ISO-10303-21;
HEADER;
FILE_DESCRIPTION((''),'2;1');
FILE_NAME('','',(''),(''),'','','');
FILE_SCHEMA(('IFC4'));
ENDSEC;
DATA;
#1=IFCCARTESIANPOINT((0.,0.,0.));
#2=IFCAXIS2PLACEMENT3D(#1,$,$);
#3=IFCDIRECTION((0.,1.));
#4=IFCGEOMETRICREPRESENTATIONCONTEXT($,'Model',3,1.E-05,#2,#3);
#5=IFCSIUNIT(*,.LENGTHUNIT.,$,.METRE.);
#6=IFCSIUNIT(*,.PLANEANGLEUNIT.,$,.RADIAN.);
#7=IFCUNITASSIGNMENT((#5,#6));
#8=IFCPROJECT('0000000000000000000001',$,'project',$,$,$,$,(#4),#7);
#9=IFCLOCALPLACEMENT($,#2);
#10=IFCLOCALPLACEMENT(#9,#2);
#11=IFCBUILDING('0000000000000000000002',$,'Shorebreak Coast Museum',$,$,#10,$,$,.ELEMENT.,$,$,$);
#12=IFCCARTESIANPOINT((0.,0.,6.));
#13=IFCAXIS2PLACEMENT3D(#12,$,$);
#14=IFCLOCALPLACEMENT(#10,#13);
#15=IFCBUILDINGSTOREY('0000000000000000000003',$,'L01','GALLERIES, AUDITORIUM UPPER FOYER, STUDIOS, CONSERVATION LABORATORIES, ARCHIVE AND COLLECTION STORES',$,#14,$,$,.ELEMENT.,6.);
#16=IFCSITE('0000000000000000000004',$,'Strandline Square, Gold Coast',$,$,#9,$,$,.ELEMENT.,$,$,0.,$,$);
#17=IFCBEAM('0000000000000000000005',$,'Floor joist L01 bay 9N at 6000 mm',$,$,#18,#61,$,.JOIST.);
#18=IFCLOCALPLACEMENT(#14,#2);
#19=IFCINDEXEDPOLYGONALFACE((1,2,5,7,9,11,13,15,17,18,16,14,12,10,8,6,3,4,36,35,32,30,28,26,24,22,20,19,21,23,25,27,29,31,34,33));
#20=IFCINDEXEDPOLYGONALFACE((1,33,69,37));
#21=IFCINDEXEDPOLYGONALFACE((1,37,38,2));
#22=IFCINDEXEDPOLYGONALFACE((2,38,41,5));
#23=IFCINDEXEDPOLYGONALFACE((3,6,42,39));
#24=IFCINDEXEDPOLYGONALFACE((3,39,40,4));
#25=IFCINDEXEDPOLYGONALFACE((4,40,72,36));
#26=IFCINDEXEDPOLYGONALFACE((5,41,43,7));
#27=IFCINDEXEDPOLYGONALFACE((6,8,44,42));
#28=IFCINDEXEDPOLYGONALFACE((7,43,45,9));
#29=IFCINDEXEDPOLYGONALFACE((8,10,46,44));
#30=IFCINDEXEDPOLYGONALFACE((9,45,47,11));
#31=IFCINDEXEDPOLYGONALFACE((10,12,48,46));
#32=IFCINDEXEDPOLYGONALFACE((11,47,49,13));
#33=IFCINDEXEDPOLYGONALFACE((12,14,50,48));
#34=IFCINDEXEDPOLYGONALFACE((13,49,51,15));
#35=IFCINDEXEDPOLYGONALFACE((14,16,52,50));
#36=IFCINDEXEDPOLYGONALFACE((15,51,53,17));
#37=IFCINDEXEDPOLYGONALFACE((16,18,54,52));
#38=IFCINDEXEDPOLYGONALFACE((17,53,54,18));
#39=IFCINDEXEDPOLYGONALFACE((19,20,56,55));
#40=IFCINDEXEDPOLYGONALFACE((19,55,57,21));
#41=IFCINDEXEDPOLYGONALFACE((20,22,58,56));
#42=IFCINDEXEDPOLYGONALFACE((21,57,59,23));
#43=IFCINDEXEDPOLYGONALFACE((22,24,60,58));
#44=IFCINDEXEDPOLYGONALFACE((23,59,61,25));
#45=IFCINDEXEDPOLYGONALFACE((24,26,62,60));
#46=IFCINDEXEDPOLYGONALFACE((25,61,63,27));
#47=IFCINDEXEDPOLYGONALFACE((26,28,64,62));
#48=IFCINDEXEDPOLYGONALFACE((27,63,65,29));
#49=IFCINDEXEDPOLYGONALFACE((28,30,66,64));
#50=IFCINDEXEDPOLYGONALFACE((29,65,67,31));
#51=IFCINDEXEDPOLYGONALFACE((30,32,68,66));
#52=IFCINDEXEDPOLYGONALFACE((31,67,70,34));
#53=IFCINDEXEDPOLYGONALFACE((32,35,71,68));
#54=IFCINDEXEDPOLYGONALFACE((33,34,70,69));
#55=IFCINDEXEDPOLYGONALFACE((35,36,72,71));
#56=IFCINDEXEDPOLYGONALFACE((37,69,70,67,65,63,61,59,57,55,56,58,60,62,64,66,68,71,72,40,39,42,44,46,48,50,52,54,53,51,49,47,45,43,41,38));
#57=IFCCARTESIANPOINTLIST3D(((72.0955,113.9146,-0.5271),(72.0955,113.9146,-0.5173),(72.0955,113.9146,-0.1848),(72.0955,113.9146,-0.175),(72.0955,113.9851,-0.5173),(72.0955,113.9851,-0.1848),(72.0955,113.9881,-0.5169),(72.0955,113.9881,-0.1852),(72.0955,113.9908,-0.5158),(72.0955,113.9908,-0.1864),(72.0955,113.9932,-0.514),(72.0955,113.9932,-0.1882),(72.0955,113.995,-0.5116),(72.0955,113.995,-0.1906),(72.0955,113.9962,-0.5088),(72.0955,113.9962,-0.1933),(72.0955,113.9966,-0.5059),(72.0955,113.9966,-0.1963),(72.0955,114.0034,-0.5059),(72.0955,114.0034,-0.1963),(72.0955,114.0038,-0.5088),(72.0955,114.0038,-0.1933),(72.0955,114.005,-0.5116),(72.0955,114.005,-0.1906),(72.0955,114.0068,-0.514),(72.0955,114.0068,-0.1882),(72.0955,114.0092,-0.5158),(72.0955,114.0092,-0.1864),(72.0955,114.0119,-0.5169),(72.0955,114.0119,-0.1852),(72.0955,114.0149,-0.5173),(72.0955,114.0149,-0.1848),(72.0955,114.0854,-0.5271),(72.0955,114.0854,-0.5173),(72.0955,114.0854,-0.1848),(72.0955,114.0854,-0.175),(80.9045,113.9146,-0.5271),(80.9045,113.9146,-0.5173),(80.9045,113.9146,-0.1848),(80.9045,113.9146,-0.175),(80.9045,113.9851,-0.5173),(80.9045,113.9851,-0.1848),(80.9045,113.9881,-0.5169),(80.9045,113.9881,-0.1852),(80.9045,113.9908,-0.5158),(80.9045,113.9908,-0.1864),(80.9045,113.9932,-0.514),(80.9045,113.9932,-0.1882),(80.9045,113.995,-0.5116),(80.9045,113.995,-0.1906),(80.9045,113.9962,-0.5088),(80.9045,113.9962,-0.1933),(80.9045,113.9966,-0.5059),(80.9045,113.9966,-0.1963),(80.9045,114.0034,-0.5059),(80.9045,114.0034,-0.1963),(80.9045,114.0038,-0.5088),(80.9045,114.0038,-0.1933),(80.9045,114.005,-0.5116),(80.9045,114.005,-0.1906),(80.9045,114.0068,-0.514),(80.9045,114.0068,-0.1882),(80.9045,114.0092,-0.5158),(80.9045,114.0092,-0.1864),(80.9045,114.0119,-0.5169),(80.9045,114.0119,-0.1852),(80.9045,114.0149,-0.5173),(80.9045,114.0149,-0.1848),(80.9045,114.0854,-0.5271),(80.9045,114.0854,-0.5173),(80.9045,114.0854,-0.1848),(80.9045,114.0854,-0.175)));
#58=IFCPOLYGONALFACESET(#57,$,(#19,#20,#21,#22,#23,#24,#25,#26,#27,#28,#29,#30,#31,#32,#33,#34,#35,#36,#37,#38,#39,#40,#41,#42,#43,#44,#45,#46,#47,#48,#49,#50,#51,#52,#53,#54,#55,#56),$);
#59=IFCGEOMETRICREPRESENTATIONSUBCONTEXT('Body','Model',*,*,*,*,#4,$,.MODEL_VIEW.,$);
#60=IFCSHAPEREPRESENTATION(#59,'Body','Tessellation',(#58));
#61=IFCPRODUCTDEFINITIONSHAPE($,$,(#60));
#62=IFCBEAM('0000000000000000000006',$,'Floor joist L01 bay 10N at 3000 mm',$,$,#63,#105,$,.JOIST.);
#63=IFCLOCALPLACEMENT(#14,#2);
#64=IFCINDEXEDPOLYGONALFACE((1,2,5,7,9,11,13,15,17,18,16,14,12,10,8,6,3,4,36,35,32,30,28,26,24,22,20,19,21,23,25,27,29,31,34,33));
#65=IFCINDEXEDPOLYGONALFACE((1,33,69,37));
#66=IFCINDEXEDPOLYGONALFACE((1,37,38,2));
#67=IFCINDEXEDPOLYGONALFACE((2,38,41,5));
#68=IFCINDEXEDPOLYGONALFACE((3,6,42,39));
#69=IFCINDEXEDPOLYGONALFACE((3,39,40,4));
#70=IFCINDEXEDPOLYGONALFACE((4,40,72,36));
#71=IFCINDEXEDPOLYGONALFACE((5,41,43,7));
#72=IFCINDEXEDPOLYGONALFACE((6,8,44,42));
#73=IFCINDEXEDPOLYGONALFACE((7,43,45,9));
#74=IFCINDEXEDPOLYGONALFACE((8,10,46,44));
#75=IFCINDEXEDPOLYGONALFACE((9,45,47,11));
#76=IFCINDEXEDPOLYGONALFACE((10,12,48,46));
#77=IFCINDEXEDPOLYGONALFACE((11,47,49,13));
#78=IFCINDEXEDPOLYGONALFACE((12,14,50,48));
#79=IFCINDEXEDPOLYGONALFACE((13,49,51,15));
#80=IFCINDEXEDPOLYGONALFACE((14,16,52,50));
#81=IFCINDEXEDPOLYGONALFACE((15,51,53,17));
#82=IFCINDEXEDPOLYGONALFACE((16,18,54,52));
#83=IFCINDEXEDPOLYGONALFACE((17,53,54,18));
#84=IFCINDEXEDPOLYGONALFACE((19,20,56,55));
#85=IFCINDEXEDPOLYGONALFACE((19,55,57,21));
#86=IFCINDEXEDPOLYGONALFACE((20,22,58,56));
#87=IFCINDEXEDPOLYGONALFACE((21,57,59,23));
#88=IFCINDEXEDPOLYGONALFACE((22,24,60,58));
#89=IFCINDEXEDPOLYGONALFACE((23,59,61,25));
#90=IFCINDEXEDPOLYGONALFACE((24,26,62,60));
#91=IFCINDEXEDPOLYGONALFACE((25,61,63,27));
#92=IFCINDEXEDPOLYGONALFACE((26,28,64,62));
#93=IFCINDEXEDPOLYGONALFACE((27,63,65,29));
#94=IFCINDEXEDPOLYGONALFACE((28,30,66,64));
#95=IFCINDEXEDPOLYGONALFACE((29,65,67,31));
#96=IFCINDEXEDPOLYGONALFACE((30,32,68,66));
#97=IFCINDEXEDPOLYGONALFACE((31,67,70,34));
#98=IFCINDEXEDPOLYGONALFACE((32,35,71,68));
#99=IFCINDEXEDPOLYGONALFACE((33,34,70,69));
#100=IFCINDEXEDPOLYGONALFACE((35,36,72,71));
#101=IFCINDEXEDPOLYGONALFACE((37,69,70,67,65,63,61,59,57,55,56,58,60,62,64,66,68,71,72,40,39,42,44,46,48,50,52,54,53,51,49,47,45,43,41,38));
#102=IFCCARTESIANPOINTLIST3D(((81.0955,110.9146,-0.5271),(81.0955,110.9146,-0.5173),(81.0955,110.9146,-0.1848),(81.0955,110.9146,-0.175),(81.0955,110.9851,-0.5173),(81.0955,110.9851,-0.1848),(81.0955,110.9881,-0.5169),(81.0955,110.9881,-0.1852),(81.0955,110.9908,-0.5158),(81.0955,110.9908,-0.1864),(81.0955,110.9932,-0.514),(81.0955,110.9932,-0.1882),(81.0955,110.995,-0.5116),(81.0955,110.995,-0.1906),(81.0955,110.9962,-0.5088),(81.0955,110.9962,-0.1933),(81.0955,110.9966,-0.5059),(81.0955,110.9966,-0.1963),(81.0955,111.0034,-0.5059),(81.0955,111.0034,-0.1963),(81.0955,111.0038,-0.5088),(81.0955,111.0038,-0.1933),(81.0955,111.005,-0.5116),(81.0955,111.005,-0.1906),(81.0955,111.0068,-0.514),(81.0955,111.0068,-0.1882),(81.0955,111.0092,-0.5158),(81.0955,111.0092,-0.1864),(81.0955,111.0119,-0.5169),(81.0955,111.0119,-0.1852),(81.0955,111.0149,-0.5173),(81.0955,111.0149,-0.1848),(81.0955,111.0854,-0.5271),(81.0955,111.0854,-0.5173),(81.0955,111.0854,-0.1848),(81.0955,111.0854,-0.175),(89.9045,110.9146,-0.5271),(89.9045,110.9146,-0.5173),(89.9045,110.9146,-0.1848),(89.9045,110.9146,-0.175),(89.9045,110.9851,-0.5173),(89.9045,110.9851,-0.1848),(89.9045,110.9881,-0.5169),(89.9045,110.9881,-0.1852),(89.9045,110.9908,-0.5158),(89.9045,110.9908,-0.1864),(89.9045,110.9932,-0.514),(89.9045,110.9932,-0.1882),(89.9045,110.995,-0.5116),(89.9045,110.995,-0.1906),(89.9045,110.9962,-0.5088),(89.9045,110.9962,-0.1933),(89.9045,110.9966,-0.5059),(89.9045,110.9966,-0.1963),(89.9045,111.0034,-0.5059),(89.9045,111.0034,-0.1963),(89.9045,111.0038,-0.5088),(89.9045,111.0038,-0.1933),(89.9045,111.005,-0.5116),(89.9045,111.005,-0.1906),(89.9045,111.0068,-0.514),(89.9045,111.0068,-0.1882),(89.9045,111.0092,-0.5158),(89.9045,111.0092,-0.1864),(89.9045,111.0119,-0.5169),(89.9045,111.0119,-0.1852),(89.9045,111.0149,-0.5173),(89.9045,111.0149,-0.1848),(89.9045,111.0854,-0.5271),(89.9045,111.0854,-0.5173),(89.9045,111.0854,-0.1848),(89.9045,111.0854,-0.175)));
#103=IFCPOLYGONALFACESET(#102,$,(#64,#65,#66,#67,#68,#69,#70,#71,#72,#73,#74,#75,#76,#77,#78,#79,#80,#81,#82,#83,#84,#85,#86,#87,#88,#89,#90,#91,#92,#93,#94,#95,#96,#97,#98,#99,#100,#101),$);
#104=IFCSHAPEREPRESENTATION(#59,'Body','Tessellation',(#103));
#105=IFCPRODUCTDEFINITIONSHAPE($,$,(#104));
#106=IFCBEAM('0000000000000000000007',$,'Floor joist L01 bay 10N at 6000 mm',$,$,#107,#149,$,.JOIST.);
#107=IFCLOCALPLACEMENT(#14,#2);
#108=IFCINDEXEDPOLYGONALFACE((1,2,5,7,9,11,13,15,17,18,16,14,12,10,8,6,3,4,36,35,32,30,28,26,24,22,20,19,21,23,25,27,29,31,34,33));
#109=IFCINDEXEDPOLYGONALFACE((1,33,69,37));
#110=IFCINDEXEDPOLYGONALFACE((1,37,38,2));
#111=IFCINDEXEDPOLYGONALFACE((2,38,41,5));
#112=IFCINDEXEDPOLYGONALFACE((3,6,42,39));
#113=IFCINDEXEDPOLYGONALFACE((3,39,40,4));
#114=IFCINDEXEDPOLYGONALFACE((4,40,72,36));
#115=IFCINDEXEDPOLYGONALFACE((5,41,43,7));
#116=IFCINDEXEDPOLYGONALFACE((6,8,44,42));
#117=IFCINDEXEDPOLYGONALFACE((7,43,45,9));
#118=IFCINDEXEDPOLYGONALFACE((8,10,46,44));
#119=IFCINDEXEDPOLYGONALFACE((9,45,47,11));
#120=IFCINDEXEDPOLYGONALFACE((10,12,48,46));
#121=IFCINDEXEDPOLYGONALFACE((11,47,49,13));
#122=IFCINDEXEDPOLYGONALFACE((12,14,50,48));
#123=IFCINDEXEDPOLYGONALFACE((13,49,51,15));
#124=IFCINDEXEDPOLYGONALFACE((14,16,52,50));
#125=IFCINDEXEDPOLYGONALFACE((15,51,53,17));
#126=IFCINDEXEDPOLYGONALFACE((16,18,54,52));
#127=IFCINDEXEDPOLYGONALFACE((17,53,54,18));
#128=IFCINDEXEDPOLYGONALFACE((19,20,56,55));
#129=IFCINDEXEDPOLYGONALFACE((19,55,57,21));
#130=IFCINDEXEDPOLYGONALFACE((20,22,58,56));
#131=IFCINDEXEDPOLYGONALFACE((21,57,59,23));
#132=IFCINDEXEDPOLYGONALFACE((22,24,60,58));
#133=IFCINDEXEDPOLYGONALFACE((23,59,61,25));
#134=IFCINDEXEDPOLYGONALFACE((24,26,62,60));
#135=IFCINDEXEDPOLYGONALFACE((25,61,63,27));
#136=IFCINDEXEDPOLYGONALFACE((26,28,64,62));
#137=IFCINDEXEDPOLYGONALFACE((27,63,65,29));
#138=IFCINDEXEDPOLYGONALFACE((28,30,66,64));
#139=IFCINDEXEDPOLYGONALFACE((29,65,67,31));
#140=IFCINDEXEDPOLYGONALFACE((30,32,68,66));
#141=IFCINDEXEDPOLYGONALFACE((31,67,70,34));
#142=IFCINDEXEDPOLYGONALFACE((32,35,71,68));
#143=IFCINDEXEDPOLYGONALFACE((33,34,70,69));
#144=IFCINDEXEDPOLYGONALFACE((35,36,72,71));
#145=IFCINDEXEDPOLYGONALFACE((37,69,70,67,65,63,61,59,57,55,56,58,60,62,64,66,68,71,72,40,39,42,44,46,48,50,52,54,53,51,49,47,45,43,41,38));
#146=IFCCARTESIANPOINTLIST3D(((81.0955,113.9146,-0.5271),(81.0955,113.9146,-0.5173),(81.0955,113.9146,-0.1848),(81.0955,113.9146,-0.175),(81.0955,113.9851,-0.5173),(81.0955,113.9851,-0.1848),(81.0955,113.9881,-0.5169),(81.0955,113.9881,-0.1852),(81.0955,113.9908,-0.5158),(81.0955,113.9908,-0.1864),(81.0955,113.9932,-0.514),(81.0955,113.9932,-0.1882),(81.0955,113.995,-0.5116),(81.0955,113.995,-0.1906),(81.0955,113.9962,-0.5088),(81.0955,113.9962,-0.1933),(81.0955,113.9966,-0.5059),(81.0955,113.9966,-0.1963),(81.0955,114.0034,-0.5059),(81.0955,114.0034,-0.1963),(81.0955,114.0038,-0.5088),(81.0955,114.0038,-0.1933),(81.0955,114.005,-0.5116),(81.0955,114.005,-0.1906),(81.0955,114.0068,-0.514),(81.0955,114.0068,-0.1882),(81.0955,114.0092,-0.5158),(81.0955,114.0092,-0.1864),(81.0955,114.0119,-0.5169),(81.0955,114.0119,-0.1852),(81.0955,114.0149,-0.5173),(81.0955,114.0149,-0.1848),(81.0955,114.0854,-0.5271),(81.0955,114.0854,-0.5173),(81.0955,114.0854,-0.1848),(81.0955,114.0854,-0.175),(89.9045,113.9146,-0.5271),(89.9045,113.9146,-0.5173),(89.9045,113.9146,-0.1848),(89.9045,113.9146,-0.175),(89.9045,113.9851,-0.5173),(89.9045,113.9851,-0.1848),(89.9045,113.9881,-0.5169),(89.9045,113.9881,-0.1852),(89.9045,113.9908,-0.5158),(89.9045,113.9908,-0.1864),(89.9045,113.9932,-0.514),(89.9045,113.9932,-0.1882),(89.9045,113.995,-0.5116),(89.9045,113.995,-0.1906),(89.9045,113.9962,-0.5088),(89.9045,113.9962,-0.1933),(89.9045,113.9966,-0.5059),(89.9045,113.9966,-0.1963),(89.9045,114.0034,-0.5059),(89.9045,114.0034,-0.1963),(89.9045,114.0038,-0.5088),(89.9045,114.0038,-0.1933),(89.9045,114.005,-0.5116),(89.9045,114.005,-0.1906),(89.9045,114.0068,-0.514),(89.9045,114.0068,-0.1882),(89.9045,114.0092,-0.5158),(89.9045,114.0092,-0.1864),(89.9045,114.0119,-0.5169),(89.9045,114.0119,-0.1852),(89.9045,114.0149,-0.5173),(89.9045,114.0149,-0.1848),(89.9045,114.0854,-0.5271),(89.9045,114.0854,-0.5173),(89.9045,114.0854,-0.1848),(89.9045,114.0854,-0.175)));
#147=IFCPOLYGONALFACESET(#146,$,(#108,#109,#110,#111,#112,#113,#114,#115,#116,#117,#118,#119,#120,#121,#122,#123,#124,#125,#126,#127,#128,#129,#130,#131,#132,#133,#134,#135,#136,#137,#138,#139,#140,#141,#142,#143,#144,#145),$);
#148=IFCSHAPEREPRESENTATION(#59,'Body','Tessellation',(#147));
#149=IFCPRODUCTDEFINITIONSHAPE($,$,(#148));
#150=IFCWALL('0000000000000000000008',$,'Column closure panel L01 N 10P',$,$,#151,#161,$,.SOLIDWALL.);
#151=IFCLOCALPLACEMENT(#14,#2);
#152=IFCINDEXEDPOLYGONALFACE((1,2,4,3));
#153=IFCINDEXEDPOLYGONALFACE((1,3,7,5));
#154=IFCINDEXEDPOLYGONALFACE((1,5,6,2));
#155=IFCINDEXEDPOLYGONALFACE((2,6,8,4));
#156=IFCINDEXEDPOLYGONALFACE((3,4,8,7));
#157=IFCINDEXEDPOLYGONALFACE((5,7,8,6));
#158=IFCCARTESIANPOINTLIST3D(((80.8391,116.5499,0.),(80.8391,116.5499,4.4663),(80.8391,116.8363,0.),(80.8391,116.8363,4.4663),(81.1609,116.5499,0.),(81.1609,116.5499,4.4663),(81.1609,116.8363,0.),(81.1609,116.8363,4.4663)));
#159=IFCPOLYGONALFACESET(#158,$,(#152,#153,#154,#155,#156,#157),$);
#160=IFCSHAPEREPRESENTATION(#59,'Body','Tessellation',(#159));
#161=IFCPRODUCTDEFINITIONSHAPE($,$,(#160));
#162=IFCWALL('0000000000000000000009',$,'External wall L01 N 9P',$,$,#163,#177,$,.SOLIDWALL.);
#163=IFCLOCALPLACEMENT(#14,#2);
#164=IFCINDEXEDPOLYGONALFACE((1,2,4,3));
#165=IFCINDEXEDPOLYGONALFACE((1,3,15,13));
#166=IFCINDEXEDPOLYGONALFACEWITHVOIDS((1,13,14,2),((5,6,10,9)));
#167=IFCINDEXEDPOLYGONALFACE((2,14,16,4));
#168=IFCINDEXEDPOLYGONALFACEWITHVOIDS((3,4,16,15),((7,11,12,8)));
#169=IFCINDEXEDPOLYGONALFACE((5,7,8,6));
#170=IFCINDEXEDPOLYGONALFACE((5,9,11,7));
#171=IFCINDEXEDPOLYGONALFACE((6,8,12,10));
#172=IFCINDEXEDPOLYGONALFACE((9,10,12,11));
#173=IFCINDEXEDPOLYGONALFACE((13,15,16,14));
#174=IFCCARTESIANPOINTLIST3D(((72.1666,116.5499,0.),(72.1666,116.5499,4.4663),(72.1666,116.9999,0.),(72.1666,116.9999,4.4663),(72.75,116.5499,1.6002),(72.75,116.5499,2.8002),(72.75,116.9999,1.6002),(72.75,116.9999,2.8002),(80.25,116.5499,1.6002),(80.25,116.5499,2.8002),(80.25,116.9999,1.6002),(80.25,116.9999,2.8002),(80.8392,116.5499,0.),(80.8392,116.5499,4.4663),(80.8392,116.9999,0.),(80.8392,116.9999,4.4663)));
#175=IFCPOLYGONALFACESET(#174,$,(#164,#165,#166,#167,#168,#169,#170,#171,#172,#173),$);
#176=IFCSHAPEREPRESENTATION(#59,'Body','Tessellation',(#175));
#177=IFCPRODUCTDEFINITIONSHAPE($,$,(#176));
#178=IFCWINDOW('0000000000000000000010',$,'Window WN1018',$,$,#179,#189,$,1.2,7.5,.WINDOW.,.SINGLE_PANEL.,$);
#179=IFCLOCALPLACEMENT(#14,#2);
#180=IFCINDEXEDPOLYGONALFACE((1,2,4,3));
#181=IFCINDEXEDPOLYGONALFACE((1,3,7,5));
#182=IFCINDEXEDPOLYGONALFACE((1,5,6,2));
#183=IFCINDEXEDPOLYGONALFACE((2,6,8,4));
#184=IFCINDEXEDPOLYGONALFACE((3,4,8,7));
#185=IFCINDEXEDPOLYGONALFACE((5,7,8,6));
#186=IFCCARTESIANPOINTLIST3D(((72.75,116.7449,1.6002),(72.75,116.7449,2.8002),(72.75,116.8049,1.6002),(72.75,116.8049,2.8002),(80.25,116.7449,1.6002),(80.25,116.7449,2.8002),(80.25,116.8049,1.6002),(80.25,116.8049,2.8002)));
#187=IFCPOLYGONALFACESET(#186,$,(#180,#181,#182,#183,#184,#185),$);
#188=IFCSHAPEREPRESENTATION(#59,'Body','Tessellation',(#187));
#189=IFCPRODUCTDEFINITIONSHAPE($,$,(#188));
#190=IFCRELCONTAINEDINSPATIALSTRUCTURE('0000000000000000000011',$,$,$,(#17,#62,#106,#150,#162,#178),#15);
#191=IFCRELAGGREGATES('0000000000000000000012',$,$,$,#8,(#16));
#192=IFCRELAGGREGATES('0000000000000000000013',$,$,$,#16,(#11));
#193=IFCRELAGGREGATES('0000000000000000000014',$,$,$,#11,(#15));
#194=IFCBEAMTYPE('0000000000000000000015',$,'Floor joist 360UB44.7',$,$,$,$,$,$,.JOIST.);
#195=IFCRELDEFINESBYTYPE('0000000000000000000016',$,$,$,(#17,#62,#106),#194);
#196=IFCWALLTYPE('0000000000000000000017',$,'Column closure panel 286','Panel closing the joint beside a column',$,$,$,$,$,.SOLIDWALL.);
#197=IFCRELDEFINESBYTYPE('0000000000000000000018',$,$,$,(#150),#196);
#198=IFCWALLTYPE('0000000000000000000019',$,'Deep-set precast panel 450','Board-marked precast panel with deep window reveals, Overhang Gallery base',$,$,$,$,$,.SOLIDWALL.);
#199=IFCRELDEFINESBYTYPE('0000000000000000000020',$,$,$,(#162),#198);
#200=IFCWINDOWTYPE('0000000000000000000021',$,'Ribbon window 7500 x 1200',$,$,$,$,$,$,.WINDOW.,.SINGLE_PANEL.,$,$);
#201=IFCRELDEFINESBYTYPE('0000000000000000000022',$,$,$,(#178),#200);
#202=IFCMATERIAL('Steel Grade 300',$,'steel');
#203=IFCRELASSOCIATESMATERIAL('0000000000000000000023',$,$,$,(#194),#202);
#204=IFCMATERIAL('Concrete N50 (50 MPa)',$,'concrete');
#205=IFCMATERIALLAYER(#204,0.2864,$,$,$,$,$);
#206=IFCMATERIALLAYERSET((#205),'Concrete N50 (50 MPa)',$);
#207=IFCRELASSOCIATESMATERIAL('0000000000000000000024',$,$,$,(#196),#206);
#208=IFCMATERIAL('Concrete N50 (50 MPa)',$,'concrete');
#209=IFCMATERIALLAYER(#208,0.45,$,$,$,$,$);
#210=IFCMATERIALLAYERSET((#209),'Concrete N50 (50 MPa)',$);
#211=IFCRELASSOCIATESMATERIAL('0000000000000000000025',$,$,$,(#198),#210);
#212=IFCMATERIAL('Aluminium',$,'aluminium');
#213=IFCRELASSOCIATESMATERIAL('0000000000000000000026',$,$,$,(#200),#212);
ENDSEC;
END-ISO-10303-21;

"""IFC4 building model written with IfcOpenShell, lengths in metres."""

from ifc_helpers import new_model, si_unit, direction, frame, frame_2d, origin, origin_2d, place, context, subcontext, project, spatial, rectangle, i_section, extrude, material, layer, layer_set, material_profile, profile_set, type_object, element, fill, save


model = new_model("IFC4")

# Units and contexts
model_context = context("Model", 3, precision=1e-05, world=origin(), true_north=direction((0.0, 1.0)))
body_context = subcontext(model_context, "Body", "Model", "MODEL_VIEW")
ifc_project = project(units=[si_unit("LENGTHUNIT", "METRE"), si_unit("PLANEANGLEUNIT", "RADIAN")], contexts=[model_context])

# Site, building, storey
site_placement = place(None, origin())
site = spatial("IfcSite", under=ifc_project, at=site_placement, Name="Strandline Square, Gold Coast", CompositionType="ELEMENT", RefElevation=0.0)
building_placement = place(site_placement, origin())
building = spatial("IfcBuilding", under=site, at=building_placement, Name="Shorebreak Coast Museum", CompositionType="ELEMENT")
storey_placement = place(building_placement, frame((0.0, 0.0, 6.0)))
storey = spatial("IfcBuildingStorey", under=building, at=storey_placement, Name="L01", Description="GALLERIES, AUDITORIUM UPPER FOYER, STUDIOS, CONSERVATION LABORATORIES, ARCHIVE AND COLLECTION STORES", CompositionType="ELEMENT", Elevation=6.0)

# Beams
ifc_material_1 = material(Name="Steel Grade 300", Category="steel")
ifc_material_profile_1 = material_profile(ifc_material_1, i_section(OverallWidth=0.1709, OverallDepth=0.3521, WebThickness=0.0068, FlangeThickness=0.0098, FilletRadius=0.0115, at=origin_2d()), Name="360UB44.7")
ifc_profile_set_1 = profile_set([ifc_material_profile_1], Name="Steel Grade 300")
beam_type_1 = type_object("IfcBeamType", Name="Floor joist 360UB44.7", PredefinedType="JOIST", material=ifc_profile_set_1)
for number, where, z_axis, x_axis, name in (
    (1, (72.0955, 114.0, -0.3511), (1.0, 0.0, 0.0), (0.0, 1.0, 0.0), "Floor joist L01 bay 9N at 6000 mm"),
    (2, (81.0955, 111.0, -0.3511), (1.0, 0.0, 0.0), (0.0, 1.0, 0.0), "Floor joist L01 bay 10N at 3000 mm"),
    (3, (81.0955, 114.0, -0.3511), (1.0, 0.0, 0.0), (0.0, 1.0, 0.0), "Floor joist L01 bay 10N at 6000 mm"),
):
    element("IfcBeam", number, at=place(storey_placement, frame(where, z_axis=z_axis, x_axis=x_axis)), inside=storey, type_object=beam_type_1, Name=name, PredefinedType="JOIST", context=body_context, shape_type="SweptSolid", body=[
        extrude(i_section(OverallWidth=0.1709, OverallDepth=0.3521, WebThickness=0.0068, FlangeThickness=0.0098, FilletRadius=0.0115, at=origin_2d()), origin(), (0.0, 0.0, 1.0), 8.8091),
    ])

# Wall
ifc_material_2 = material(Name="Concrete N50 (50 MPa)", Category="concrete")
ifc_layer_1 = layer(ifc_material_2, 0.2864)
ifc_layer_set_1 = layer_set([ifc_layer_1], Name="Concrete N50 (50 MPa)")
wall_type_1 = type_object("IfcWallType", Name="Column closure panel 286", Description="Panel closing the joint beside a column", PredefinedType="SOLIDWALL", material=ifc_layer_set_1)
wall_1_placement = place(storey_placement, frame((80.8391, 116.6931, 0.0), z_axis=(0.0, 0.0, 1.0), x_axis=(1.0, 0.0, 0.0)))
element("IfcWall", 4, at=wall_1_placement, inside=storey, type_object=wall_type_1, Name="Column closure panel L01 N 10P", PredefinedType="SOLIDWALL", context=body_context, shape_type="SweptSolid", body=[
    extrude(rectangle(XDim=0.3218, YDim=0.2864, at=frame_2d((0.1609, 0.0))), origin(), (0.0, 0.0, 1.0), 4.4663),
])

# Wall, opening, window
ifc_material_3 = material(Name="Concrete N50 (50 MPa)", Category="concrete")
ifc_layer_2 = layer(ifc_material_3, 0.45)
ifc_layer_set_2 = layer_set([ifc_layer_2], Name="Concrete N50 (50 MPa)")
wall_type_2 = type_object("IfcWallType", Name="Deep-set precast panel 450", Description="Board-marked precast panel with deep window reveals, Overhang Gallery base", PredefinedType="SOLIDWALL", material=ifc_layer_set_2)
wall_2_placement = place(storey_placement, frame((72.1665, 116.7749, 0.0), z_axis=(0.0, 0.0, 1.0), x_axis=(1.0, 0.0, 0.0)))
wall_2 = element("IfcWall", 5, at=wall_2_placement, inside=storey, type_object=wall_type_2, Name="External wall L01 N 9P", PredefinedType="SOLIDWALL", context=body_context, shape_type="SweptSolid", body=[
    extrude(rectangle(XDim=8.6726, YDim=0.45, at=frame_2d((4.3364, 0.0))), origin(), (0.0, 0.0, 1.0), 4.4663),
])
opening_1_placement = place(wall_2_placement, frame((0.5835, 0.0, 1.6001)))
opening_1 = element("IfcOpeningElement", 6, at=opening_1_placement, cuts=wall_2, PredefinedType="OPENING", context=body_context, shape_type="SweptSolid", body=[
    extrude(rectangle(XDim=7.5, YDim=1.2, at=frame_2d((3.75, 0.6001))), frame((0.0, 0.2349, 0.0), z_axis=(0.0, -1.0, 0.0), x_axis=(1.0, 0.0, 0.0)), (0.0, 0.0, 1.0), 0.47),
])
ifc_material_4 = material(Name="Aluminium", Category="aluminium")
window_type = type_object("IfcWindowType", Name="Ribbon window 7500 x 1200", PartitioningType="SINGLE_PANEL", PredefinedType="WINDOW", material=ifc_material_4)
window_1_placement = place(opening_1_placement, origin())
window_1 = element("IfcWindow", 7, at=window_1_placement, inside=storey, type_object=window_type, Name="Window WN1018", OverallHeight=1.2, OverallWidth=7.5, PartitioningType="SINGLE_PANEL", PredefinedType="WINDOW", context=body_context, shape_type="SweptSolid", body=[
    extrude(rectangle(XDim=7.5, YDim=1.2, at=frame_2d((3.75, 0.6001))), frame((0.0, 0.03, 0.0), z_axis=(0.0, -1.0, 0.0), x_axis=(1.0, 0.0, 0.0)), (0.0, 0.0, 1.0), 0.0601),
])
fill(opening_1, window_1)

save(model, "model.ifc")
